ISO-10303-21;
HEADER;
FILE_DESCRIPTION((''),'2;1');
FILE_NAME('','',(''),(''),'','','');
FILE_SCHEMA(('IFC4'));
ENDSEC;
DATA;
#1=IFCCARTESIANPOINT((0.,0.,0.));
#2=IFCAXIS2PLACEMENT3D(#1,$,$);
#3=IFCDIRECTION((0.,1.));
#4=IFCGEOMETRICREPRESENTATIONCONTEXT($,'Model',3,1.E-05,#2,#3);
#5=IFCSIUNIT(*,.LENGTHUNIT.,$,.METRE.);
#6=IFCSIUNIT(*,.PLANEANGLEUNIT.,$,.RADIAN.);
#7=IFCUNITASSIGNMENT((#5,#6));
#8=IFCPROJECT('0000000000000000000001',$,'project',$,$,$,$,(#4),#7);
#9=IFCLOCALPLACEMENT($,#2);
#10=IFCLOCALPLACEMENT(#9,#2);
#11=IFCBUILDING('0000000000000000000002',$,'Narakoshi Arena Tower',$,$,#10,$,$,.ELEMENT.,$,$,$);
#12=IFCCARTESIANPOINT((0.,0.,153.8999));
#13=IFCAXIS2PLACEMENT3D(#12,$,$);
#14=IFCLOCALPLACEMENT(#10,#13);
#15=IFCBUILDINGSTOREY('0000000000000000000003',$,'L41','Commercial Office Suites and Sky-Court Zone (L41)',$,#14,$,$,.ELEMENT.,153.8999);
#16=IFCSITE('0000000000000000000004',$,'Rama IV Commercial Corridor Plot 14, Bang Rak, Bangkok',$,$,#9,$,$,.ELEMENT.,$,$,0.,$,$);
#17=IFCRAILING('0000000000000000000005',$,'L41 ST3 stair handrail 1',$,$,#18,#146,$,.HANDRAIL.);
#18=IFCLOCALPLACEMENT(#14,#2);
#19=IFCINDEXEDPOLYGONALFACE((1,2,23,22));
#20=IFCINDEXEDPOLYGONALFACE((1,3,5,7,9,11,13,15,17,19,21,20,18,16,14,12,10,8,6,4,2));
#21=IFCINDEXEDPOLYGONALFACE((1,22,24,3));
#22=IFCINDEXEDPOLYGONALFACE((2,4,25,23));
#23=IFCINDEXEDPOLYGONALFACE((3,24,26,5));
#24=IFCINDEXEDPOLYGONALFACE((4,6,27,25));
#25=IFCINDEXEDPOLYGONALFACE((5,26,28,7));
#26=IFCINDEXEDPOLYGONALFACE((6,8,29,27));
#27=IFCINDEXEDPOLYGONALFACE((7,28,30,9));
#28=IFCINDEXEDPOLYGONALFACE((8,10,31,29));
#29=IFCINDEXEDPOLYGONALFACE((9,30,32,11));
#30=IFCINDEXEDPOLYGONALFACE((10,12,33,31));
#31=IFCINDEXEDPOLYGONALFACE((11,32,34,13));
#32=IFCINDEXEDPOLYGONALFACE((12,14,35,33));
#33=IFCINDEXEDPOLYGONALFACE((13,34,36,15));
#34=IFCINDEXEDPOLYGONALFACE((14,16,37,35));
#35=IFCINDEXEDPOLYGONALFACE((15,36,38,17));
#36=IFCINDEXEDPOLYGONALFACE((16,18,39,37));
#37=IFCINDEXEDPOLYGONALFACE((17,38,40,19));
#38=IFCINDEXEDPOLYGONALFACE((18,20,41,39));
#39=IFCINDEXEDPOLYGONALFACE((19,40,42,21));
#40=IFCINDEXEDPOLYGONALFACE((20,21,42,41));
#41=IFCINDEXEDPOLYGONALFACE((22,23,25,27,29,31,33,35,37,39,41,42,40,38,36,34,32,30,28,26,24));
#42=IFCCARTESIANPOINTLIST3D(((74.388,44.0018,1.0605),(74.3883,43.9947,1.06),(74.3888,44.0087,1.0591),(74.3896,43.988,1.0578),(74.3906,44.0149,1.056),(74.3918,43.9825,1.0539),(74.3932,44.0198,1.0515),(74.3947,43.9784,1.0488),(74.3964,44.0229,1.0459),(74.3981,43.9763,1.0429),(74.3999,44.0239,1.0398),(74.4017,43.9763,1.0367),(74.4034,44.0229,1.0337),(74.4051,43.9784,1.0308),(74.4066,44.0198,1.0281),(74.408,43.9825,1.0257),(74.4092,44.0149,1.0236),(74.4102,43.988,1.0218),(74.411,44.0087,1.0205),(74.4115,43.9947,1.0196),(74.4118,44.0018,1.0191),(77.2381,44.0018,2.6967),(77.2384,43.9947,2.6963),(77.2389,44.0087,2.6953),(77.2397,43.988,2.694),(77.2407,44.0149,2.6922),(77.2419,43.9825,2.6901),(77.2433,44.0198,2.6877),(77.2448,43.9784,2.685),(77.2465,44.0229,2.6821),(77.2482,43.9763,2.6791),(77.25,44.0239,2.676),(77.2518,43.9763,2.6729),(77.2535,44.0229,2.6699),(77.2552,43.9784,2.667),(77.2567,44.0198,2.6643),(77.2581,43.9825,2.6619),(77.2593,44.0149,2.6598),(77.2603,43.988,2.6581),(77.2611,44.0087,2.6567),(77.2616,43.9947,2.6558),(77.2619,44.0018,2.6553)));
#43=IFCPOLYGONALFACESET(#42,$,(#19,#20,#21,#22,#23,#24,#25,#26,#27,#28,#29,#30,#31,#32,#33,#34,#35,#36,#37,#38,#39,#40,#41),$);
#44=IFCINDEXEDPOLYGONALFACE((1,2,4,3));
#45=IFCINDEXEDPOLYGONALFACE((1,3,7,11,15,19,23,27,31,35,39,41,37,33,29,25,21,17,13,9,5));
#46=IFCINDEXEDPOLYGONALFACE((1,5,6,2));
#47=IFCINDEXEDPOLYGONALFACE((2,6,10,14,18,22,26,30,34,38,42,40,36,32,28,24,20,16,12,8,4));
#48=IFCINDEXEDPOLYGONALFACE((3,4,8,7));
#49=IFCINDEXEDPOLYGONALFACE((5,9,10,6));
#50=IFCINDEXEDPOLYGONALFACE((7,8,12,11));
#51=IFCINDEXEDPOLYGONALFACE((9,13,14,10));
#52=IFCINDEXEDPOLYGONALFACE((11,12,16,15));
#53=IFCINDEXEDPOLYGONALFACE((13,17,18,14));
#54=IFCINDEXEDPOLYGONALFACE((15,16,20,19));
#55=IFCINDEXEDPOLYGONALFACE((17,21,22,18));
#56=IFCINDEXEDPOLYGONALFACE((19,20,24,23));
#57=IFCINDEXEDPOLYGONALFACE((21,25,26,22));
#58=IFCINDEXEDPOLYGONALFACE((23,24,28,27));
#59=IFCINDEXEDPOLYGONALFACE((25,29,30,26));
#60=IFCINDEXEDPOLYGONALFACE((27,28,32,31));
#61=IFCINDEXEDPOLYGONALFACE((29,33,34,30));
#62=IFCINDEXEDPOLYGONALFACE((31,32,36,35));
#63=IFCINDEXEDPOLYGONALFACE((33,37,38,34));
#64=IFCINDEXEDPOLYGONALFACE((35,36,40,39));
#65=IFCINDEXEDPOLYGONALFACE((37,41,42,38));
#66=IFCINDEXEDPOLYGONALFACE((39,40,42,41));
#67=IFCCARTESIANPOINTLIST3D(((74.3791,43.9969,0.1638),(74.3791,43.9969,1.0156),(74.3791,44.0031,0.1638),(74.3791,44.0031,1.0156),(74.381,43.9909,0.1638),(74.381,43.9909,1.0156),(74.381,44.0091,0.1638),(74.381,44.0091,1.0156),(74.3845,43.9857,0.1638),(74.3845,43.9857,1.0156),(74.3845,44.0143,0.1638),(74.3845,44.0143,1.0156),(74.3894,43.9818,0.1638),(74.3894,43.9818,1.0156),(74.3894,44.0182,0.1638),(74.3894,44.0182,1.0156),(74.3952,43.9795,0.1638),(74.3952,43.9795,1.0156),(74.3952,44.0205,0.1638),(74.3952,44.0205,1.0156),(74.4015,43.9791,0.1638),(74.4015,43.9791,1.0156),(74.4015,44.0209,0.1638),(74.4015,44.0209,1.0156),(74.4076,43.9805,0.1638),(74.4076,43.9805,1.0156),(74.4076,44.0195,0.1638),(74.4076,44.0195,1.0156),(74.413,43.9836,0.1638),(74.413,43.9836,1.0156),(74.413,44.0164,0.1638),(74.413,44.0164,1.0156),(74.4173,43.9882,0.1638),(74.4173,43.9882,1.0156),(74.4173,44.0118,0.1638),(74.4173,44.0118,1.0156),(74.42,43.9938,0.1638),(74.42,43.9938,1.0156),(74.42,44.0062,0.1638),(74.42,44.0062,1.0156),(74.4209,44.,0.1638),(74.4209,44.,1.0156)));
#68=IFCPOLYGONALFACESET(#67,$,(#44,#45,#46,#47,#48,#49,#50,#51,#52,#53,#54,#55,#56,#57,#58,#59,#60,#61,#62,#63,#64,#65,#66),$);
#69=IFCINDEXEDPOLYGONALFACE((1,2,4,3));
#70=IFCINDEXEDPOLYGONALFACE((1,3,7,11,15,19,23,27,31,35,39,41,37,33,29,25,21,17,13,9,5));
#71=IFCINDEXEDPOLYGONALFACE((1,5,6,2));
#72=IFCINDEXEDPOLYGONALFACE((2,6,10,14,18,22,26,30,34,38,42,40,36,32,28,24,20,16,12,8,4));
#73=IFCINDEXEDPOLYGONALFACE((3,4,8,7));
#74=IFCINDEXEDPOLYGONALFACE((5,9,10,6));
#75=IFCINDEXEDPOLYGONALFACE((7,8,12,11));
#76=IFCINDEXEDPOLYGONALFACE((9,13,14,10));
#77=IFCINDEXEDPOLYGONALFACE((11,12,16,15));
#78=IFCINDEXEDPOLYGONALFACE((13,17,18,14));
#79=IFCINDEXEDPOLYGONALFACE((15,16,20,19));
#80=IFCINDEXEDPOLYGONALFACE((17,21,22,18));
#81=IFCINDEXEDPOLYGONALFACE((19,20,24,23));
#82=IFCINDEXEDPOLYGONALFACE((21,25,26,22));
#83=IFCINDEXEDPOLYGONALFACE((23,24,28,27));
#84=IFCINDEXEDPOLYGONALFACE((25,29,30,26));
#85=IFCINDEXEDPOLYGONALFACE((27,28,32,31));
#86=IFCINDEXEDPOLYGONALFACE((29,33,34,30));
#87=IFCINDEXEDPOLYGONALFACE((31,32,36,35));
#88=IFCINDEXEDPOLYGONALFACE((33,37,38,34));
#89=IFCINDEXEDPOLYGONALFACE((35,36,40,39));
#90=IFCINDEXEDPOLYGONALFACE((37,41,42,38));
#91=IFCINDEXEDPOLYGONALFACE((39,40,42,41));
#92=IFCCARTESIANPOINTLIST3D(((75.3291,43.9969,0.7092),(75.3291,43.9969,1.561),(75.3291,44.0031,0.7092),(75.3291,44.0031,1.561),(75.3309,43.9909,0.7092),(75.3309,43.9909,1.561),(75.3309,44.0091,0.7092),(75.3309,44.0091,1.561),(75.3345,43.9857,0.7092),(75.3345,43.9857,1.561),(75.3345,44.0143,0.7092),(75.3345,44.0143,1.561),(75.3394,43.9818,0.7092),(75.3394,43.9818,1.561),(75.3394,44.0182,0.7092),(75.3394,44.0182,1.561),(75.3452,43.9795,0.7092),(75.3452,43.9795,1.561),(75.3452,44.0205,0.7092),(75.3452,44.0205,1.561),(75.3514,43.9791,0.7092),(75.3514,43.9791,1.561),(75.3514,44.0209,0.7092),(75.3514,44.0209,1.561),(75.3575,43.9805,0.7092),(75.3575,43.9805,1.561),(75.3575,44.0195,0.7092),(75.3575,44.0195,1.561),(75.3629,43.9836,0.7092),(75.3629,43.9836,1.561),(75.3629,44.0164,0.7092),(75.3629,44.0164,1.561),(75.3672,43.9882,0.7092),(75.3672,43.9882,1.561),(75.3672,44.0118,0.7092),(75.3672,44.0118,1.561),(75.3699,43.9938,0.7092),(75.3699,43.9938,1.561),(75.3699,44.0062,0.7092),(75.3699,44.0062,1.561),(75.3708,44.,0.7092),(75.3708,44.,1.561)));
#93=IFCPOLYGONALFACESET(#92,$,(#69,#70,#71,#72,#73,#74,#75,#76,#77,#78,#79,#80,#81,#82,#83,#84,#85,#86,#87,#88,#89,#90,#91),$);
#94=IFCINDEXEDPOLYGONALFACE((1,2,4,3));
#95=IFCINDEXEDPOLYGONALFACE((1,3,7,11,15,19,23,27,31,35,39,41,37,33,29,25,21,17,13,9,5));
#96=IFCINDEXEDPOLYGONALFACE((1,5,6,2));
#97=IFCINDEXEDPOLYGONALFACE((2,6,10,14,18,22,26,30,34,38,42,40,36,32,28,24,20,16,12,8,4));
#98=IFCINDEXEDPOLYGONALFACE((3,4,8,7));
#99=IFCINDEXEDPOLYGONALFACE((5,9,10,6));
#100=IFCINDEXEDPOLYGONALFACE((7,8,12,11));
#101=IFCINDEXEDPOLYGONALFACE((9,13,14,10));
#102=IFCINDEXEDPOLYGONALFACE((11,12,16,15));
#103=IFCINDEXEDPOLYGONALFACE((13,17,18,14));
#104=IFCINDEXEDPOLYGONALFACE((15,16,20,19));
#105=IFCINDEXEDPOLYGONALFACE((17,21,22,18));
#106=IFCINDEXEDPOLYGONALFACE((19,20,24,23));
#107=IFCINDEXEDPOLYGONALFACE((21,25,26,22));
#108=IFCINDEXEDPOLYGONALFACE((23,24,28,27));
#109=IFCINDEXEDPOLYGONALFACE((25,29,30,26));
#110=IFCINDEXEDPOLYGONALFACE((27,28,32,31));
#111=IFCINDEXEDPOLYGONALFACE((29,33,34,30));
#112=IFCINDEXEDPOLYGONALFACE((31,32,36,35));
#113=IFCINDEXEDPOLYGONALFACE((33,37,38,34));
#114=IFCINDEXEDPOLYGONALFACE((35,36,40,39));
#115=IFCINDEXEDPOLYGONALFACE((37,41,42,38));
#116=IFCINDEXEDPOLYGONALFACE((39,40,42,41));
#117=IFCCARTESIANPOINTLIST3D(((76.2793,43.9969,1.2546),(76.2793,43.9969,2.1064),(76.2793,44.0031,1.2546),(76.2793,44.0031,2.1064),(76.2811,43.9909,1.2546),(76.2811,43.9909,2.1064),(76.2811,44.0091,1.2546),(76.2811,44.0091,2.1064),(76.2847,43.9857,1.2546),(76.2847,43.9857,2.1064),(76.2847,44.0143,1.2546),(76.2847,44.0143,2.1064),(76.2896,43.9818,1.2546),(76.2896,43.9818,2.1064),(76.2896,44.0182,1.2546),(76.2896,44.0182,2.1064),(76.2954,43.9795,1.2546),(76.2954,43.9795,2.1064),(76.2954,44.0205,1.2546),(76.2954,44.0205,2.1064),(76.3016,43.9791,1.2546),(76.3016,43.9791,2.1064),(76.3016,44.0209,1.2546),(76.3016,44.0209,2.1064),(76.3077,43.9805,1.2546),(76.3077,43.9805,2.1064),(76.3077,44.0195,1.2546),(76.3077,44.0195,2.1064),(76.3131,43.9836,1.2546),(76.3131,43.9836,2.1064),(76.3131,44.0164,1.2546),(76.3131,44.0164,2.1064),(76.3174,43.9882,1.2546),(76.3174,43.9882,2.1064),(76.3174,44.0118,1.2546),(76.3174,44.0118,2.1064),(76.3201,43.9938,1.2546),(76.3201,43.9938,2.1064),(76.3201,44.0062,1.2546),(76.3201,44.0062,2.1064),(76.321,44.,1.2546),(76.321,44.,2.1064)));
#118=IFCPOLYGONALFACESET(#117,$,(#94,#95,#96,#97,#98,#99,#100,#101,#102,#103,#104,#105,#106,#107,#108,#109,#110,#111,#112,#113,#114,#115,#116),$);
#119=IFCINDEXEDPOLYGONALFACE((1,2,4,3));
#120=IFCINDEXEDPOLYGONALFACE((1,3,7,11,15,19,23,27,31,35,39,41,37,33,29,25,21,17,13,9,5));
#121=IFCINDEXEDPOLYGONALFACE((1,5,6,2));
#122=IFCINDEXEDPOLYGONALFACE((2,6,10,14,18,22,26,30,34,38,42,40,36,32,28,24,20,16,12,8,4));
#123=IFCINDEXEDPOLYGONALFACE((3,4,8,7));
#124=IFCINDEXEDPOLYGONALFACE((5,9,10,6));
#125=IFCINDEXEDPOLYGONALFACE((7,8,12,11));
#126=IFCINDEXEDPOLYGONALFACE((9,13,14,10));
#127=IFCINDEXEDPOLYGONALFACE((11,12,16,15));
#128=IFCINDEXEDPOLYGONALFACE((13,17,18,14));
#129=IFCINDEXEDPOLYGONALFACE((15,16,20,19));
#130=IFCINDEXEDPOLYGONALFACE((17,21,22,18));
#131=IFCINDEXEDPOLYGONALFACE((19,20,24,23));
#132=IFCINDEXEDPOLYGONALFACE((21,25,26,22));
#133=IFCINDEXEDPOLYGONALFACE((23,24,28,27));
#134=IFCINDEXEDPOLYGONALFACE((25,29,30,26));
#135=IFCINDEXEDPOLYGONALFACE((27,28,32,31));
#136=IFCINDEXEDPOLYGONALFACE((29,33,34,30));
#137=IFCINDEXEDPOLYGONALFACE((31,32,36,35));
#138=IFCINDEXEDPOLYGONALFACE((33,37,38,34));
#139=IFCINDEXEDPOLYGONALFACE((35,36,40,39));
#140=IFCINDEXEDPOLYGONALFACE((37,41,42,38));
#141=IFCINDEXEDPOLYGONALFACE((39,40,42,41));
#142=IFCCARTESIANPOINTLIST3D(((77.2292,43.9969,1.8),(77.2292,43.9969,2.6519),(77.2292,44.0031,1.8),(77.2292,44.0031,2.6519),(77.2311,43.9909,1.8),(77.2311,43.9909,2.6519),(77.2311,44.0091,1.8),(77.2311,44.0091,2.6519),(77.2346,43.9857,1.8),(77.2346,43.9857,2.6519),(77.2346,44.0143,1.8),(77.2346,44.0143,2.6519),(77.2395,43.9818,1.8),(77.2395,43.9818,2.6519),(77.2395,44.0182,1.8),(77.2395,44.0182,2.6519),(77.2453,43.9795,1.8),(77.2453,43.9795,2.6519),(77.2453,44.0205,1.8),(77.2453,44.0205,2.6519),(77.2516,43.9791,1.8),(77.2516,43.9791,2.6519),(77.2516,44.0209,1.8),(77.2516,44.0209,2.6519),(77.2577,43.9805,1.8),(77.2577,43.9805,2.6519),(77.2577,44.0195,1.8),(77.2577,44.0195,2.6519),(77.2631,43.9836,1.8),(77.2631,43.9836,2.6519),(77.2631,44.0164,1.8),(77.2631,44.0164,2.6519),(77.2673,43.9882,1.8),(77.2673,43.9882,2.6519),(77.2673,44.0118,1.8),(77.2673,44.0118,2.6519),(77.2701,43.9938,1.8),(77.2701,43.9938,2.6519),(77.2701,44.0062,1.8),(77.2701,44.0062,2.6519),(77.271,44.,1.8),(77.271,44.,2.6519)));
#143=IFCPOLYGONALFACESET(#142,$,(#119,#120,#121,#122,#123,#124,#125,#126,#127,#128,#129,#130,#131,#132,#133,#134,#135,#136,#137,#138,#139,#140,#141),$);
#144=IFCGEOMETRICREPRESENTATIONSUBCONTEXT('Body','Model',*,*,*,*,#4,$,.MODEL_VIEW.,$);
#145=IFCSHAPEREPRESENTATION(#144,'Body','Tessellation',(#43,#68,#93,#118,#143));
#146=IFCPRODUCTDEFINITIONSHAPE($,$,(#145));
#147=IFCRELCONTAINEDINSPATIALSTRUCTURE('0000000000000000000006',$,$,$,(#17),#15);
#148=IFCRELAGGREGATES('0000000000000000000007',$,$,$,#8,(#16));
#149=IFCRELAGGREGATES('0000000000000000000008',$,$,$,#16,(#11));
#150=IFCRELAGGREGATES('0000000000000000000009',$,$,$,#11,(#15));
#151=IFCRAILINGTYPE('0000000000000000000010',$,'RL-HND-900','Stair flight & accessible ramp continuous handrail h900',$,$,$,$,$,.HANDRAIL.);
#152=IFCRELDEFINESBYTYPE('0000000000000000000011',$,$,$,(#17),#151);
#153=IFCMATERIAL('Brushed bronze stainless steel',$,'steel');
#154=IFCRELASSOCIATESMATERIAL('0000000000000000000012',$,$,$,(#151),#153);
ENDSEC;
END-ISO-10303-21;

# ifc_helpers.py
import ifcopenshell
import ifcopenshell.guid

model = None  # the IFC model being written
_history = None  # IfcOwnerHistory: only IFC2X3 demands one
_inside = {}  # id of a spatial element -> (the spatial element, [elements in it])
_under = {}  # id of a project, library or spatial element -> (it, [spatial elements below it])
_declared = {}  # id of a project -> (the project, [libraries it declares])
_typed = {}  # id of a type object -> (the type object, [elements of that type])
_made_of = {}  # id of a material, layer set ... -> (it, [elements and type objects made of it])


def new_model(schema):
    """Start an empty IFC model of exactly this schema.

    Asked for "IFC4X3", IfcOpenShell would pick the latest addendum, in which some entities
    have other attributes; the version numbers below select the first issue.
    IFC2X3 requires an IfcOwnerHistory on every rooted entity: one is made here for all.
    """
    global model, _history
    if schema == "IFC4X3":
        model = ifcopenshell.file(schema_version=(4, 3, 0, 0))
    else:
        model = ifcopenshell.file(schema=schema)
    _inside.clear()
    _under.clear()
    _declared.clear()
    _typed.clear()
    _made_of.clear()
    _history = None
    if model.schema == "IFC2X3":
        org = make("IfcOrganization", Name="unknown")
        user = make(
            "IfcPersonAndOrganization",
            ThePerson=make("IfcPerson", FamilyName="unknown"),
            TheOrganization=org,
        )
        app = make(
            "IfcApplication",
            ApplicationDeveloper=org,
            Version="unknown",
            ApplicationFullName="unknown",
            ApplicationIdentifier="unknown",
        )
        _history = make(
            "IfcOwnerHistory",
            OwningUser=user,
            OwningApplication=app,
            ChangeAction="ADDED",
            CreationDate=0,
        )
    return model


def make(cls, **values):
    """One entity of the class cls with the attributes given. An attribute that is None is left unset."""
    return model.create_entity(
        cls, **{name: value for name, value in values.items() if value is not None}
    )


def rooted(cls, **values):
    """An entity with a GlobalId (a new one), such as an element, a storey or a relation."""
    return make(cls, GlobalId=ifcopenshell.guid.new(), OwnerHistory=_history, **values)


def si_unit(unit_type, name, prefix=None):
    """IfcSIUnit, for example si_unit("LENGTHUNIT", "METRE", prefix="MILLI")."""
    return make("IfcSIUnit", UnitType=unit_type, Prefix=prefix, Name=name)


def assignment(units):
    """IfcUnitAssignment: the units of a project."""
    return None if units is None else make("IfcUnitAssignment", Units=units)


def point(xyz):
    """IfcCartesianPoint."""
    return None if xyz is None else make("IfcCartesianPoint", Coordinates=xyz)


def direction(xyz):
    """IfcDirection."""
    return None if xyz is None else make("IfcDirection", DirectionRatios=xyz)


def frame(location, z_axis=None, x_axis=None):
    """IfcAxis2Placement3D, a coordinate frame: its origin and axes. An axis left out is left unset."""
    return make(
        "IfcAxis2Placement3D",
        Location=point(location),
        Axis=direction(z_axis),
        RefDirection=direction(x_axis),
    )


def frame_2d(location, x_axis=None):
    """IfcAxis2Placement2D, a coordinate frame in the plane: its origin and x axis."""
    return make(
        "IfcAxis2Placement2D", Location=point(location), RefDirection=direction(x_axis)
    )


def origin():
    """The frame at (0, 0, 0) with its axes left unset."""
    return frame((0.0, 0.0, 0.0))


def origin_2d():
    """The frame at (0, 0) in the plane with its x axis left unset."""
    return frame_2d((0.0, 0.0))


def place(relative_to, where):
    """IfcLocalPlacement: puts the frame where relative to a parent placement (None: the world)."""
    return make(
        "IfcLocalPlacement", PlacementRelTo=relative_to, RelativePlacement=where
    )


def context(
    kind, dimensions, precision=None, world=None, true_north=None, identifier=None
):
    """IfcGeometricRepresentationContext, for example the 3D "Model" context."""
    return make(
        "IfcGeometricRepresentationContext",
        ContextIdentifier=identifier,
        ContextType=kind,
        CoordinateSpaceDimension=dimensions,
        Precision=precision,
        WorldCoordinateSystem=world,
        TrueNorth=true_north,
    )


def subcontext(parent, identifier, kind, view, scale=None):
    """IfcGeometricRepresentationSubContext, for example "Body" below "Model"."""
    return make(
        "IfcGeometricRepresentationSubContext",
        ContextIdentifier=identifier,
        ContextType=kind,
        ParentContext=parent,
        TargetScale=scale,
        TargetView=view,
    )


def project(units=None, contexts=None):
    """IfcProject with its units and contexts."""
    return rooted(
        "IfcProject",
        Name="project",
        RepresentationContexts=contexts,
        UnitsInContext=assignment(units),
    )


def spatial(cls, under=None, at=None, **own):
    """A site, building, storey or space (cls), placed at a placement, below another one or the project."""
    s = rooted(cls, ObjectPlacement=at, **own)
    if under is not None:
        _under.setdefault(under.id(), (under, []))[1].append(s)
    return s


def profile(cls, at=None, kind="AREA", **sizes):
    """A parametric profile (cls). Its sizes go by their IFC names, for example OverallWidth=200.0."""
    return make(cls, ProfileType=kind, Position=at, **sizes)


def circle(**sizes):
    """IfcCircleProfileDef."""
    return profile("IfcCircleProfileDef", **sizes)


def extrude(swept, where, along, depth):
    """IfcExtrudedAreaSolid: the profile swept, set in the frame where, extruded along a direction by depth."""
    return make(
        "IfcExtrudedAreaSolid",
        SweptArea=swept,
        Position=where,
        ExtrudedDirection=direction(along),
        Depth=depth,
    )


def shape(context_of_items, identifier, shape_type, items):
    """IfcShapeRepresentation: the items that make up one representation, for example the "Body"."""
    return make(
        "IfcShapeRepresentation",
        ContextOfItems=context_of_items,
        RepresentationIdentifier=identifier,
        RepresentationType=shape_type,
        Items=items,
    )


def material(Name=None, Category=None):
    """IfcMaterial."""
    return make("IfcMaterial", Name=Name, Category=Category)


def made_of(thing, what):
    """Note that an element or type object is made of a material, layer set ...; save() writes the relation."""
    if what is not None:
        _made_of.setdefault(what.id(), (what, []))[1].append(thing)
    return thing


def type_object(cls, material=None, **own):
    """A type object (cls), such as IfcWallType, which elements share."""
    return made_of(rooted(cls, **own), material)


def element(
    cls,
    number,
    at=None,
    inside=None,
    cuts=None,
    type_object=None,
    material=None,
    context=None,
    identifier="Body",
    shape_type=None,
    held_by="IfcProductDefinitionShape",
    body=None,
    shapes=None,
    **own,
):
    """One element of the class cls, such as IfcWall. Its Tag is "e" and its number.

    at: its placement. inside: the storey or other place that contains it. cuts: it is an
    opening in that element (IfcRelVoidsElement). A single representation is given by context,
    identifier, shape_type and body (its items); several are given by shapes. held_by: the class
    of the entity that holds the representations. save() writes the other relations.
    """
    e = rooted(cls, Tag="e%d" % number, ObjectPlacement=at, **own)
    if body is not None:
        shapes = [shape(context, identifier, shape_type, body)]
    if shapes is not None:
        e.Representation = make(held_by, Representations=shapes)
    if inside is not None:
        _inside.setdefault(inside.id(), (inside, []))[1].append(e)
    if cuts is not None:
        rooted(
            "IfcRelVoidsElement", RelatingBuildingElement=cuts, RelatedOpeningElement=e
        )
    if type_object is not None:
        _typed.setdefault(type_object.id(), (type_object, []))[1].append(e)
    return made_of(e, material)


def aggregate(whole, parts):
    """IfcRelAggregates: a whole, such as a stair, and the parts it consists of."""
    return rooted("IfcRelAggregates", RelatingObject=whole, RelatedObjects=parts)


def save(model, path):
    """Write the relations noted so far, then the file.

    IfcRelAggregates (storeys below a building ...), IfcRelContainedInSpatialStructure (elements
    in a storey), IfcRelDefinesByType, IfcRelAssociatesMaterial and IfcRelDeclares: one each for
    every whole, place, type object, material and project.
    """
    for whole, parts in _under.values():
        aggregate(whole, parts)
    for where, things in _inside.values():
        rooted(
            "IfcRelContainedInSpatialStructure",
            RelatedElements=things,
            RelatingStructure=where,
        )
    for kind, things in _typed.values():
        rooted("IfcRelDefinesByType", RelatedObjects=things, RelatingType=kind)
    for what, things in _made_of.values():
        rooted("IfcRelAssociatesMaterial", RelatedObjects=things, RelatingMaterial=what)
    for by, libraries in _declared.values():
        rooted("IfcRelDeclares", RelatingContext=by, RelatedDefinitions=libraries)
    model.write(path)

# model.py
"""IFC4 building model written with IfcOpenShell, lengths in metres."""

from ifc_helpers import new_model, si_unit, direction, frame, origin, origin_2d, place, context, subcontext, project, spatial, circle, extrude, material, type_object, element, save


model = new_model("IFC4")

# Units and contexts
model_context = context("Model", 3, precision=1e-05, world=origin(), true_north=direction((0.0, 1.0)))
body_context = subcontext(model_context, "Body", "Model", "MODEL_VIEW")
ifc_project = project(units=[si_unit("LENGTHUNIT", "METRE"), si_unit("PLANEANGLEUNIT", "RADIAN")], contexts=[model_context])

# Site, building, storey
site_placement = place(None, origin())
site = spatial("IfcSite", under=ifc_project, at=site_placement, Name="Rama IV Commercial Corridor Plot 14, Bang Rak, Bangkok", CompositionType="ELEMENT", RefElevation=0.0)
building_placement = place(site_placement, origin())
building = spatial("IfcBuilding", under=site, at=building_placement, Name="Narakoshi Arena Tower", CompositionType="ELEMENT")
storey_placement = place(building_placement, frame((0.0, 0.0, 153.8999)))
storey = spatial("IfcBuildingStorey", under=building, at=storey_placement, Name="L41", Description="Commercial Office Suites and Sky-Court Zone (L41)", CompositionType="ELEMENT", Elevation=153.8999)

# Railing
ifc_material_1 = material(Name="Brushed bronze stainless steel", Category="steel")
railing_type_1 = type_object("IfcRailingType", Name="RL-HND-900", Description="Stair flight & accessible ramp continuous handrail h900", PredefinedType="HANDRAIL", material=ifc_material_1)
railing_1_placement = place(storey_placement, frame((74.3999, 44.0, 0.1638)))
element("IfcRailing", 1, at=railing_1_placement, inside=storey, type_object=railing_type_1, Name="L41 ST3 stair handrail 1", PredefinedType="HANDRAIL", context=body_context, shape_type="SweptSolid", body=[
    extrude(circle(Radius=0.0239, at=origin_2d()), frame((0.0, 0.0, 0.876), z_axis=(0.867245, 0.0, 0.497882), x_axis=(0.0, 1.0, 0.0)), (0.0, 0.0, 1.0), 3.2864),
    extrude(circle(Radius=0.021, at=origin_2d()), origin(), (0.0, 0.0, 1.0), 0.8518),
    extrude(circle(Radius=0.021, at=origin_2d()), frame((0.95, 0.0, 0.5454)), (0.0, 0.0, 1.0), 0.8518),
    extrude(circle(Radius=0.021, at=origin_2d()), frame((1.9001, 0.0, 1.0908)), (0.0, 0.0, 1.0), 0.8518),
    extrude(circle(Radius=0.021, at=origin_2d()), frame((2.8501, 0.0, 1.6362)), (0.0, 0.0, 1.0), 0.8518),
])

save(model, "model.ifc")
